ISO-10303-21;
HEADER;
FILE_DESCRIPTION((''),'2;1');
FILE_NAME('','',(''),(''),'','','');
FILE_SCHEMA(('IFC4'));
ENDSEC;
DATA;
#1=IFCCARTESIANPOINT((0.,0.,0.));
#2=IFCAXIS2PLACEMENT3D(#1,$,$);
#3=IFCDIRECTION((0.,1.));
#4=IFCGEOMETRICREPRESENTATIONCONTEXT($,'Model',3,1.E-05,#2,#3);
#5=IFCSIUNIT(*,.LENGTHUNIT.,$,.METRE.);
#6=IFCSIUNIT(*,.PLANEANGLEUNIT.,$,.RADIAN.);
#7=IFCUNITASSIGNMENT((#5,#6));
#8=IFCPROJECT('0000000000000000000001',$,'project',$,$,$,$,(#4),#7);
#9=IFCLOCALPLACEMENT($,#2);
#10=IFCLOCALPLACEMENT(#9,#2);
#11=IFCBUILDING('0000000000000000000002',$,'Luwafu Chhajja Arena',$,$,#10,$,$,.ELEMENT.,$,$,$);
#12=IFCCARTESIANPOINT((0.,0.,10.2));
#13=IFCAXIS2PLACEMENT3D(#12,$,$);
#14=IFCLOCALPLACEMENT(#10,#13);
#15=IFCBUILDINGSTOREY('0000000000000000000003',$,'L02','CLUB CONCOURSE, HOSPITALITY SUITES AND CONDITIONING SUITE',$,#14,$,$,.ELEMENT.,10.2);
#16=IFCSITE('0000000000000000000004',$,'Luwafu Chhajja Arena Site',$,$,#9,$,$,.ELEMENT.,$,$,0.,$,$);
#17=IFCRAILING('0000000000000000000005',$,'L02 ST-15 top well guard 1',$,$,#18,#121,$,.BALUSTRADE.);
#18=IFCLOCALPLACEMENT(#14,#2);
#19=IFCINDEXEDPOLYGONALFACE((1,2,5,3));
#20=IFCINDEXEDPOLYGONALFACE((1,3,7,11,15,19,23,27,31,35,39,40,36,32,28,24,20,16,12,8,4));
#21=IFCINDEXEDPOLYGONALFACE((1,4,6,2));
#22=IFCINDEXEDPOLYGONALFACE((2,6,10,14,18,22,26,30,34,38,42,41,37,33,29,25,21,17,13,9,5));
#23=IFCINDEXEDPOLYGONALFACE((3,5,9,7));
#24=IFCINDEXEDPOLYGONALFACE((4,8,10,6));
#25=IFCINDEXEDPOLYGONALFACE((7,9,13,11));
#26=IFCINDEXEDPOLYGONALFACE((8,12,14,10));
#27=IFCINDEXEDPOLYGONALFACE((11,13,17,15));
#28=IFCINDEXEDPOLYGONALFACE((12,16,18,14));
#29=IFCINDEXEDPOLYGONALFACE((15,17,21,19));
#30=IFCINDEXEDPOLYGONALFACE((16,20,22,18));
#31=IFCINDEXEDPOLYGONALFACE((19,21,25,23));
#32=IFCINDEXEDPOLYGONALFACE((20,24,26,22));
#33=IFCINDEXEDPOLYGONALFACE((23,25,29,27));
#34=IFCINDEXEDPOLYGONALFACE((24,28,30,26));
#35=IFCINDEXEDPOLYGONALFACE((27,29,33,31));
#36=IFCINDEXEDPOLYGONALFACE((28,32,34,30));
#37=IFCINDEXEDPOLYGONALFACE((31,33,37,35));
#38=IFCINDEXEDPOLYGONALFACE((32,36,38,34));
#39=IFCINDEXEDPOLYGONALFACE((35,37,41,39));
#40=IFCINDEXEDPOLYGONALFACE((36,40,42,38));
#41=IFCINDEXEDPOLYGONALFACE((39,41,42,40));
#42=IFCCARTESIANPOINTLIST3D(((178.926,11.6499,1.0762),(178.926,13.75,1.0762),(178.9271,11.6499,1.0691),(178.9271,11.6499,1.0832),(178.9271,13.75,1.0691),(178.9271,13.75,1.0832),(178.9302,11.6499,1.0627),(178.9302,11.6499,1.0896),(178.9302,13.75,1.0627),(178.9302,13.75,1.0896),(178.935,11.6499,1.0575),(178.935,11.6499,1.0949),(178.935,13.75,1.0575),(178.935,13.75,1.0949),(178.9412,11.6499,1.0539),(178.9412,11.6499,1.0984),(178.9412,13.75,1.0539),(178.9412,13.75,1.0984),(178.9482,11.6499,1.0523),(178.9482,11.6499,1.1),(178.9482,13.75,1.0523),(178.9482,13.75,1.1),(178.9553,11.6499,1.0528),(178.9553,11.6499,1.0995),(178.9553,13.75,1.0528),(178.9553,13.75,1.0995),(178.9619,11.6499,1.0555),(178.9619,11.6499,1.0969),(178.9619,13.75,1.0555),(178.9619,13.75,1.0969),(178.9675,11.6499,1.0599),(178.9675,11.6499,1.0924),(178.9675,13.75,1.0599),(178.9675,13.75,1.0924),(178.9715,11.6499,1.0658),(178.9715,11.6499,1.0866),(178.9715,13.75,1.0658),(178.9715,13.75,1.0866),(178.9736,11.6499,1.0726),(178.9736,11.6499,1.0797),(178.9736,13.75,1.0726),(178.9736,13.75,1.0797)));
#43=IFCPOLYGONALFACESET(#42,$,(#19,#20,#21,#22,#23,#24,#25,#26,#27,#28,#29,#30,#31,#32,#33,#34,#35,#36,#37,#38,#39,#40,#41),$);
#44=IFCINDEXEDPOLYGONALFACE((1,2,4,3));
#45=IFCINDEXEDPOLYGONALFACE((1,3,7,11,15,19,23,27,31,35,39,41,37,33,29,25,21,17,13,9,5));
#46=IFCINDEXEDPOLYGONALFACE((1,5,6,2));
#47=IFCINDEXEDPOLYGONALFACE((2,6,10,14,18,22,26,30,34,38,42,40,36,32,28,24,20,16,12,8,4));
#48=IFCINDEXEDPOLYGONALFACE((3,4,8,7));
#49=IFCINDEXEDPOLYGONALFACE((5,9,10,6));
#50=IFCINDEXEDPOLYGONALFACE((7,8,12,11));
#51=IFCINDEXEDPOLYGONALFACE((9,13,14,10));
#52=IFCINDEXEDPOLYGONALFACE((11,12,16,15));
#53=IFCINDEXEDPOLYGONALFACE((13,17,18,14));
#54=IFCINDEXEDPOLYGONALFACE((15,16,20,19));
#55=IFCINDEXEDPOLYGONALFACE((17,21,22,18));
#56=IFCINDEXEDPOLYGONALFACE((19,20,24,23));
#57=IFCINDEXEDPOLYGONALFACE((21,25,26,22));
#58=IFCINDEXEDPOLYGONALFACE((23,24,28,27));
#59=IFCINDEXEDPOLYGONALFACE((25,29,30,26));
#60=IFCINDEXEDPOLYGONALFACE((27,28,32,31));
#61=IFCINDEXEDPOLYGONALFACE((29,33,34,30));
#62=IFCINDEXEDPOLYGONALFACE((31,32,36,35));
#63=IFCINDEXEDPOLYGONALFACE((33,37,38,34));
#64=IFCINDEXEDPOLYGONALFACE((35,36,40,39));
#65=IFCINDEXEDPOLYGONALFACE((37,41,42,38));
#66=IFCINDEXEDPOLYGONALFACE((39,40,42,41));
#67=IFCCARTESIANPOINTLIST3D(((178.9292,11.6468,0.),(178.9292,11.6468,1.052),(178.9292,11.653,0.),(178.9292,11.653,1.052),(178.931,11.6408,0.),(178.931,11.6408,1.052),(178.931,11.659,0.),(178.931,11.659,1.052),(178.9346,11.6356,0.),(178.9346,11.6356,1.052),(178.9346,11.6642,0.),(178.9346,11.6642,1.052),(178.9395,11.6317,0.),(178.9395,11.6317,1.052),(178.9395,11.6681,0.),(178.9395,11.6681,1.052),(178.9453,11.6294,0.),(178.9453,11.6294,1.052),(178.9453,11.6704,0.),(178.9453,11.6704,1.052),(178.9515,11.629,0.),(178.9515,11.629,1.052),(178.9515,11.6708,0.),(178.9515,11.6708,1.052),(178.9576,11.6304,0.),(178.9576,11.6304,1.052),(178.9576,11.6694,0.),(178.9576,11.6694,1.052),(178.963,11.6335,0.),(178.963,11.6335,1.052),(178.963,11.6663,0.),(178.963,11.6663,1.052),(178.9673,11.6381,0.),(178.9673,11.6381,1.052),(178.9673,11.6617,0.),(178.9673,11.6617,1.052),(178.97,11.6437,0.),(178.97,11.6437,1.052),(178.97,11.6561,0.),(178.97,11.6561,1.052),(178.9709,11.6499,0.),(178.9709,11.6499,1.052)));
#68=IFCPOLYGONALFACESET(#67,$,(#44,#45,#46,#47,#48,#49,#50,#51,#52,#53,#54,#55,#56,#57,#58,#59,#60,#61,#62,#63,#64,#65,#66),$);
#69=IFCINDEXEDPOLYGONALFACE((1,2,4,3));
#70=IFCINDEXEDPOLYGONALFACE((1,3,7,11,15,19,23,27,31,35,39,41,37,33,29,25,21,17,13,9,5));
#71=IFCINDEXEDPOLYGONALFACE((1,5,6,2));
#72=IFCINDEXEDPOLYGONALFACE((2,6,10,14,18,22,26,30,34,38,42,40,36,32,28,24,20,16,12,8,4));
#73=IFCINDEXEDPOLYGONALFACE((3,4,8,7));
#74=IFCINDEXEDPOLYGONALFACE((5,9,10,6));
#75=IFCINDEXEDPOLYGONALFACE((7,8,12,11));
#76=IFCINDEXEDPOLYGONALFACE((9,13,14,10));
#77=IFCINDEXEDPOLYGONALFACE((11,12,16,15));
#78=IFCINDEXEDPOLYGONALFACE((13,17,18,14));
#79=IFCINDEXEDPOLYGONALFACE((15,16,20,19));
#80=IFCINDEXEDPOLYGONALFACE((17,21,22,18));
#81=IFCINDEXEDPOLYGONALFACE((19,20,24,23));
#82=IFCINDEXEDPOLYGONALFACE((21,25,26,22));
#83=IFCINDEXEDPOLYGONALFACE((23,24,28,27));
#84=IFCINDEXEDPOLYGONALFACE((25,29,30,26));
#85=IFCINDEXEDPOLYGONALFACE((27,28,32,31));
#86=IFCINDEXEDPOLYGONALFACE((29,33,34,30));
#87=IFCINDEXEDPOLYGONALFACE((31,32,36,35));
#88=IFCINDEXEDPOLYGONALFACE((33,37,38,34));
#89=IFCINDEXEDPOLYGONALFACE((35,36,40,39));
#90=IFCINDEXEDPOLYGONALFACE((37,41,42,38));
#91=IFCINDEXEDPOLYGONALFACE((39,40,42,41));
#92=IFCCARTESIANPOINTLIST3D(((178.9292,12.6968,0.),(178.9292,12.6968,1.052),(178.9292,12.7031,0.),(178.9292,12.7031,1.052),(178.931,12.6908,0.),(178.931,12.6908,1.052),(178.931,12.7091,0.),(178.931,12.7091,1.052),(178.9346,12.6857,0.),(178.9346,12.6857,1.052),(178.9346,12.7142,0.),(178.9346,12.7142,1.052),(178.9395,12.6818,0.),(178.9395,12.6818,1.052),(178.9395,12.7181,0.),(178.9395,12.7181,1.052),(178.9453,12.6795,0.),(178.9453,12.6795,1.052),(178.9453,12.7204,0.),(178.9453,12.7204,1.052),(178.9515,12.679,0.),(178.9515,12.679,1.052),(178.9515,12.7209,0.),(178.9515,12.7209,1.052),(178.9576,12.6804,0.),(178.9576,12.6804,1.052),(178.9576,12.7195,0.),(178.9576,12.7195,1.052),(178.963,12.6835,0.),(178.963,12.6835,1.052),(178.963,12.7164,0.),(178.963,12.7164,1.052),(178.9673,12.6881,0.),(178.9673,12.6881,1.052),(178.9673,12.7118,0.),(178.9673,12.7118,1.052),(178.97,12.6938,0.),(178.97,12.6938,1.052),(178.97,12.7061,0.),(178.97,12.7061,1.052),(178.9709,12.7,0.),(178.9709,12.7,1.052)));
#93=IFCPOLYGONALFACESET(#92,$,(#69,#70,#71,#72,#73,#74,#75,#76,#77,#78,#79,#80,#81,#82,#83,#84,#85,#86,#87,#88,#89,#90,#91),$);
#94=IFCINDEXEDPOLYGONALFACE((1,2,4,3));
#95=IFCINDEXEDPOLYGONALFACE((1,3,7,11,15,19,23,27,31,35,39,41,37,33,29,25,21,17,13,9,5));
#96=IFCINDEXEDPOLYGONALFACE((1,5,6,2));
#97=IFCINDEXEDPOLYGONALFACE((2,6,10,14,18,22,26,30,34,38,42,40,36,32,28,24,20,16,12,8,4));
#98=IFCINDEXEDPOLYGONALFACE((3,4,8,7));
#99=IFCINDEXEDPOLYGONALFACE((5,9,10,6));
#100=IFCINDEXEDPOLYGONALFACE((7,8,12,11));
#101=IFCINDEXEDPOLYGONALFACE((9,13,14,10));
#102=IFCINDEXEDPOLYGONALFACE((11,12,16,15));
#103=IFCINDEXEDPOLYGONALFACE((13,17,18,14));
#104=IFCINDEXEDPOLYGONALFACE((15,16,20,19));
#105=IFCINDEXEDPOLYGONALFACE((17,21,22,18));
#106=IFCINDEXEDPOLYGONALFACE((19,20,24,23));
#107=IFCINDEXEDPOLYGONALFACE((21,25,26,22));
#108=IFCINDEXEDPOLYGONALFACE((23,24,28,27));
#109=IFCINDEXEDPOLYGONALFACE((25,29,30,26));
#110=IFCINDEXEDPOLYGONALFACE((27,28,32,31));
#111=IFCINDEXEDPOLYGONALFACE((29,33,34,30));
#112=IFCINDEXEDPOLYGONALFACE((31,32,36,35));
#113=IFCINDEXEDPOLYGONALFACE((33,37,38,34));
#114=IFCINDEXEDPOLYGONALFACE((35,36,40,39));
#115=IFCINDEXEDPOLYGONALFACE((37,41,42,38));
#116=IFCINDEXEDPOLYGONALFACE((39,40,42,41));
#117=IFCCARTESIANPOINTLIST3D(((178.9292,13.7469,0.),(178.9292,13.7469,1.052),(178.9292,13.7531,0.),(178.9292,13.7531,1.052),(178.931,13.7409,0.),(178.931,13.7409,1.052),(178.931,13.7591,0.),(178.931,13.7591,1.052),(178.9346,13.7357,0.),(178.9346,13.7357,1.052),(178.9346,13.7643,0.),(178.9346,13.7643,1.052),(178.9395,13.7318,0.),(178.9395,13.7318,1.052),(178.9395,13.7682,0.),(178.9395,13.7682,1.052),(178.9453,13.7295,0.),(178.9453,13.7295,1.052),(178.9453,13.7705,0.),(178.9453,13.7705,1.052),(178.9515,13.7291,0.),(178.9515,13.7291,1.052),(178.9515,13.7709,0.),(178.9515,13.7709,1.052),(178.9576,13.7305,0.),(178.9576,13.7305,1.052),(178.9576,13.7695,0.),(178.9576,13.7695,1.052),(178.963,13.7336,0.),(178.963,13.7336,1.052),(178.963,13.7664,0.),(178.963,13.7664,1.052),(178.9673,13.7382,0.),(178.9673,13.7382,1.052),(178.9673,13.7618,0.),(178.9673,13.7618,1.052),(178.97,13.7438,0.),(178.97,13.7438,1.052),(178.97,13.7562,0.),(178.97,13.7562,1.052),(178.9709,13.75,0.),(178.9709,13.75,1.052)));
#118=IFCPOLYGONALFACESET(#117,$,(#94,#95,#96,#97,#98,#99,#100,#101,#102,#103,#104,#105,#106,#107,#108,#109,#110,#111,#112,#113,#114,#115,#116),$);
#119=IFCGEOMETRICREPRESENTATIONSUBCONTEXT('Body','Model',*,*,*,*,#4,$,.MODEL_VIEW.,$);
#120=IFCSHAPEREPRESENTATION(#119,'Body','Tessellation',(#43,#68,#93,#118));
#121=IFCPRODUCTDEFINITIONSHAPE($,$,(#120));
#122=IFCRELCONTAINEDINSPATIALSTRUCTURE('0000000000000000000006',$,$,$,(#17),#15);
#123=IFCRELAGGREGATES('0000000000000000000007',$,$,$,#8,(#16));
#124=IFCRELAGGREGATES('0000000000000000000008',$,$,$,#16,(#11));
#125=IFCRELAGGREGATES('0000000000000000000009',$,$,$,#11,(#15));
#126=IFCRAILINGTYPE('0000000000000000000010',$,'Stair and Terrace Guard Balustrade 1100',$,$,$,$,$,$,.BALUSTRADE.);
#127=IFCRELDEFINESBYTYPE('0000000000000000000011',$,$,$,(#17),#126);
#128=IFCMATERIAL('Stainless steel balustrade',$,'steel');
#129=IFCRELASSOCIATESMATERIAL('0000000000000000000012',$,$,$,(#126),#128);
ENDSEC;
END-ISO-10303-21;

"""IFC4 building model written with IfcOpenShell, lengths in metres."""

from ifc_helpers import new_model, si_unit, direction, frame, origin, origin_2d, place, context, subcontext, project, spatial, circle, extrude, material, type_object, element, save


model = new_model("IFC4")

# Units and contexts
model_context = context("Model", 3, precision=1e-05, world=origin(), true_north=direction((0.0, 1.0)))
body_context = subcontext(model_context, "Body", "Model", "MODEL_VIEW")
ifc_project = project(units=[si_unit("LENGTHUNIT", "METRE"), si_unit("PLANEANGLEUNIT", "RADIAN")], contexts=[model_context])

# Site, building, storey
site_placement = place(None, origin())
site = spatial("IfcSite", under=ifc_project, at=site_placement, Name="Luwafu Chhajja Arena Site", CompositionType="ELEMENT", RefElevation=0.0)
building_placement = place(site_placement, origin())
building = spatial("IfcBuilding", under=site, at=building_placement, Name="Luwafu Chhajja Arena", CompositionType="ELEMENT")
storey_placement = place(building_placement, frame((0.0, 0.0, 10.2)))
storey = spatial("IfcBuildingStorey", under=building, at=storey_placement, Name="L02", Description="CLUB CONCOURSE, HOSPITALITY SUITES AND CONDITIONING SUITE", CompositionType="ELEMENT", Elevation=10.2)

# Railing
ifc_material_1 = material(Name="Stainless steel balustrade", Category="steel")
railing_type = type_object("IfcRailingType", Name="Stair and Terrace Guard Balustrade 1100", PredefinedType="BALUSTRADE", material=ifc_material_1)
railing_1_placement = place(storey_placement, frame((178.95, 11.6499, 0.0)))
element("IfcRailing", 1, at=railing_1_placement, inside=storey, type_object=railing_type, Name="L02 ST-15 top well guard 1", PredefinedType="BALUSTRADE", context=body_context, shape_type="SweptSolid", body=[
    extrude(circle(Radius=0.0239, at=origin_2d()), frame((0.0, 0.0, 1.0762), z_axis=(0.0, 1.0, 0.0), x_axis=(-1.0, 0.0, 0.0)), (0.0, 0.0, 1.0), 2.1001),
    extrude(circle(Radius=0.021, at=origin_2d()), origin(), (0.0, 0.0, 1.0), 1.052),
    extrude(circle(Radius=0.021, at=origin_2d()), frame((0.0, 1.05, 0.0)), (0.0, 0.0, 1.0), 1.052),
    extrude(circle(Radius=0.021, at=origin_2d()), frame((0.0, 2.1001, 0.0)), (0.0, 0.0, 1.0), 1.052),
])

save(model, "model.ifc")
